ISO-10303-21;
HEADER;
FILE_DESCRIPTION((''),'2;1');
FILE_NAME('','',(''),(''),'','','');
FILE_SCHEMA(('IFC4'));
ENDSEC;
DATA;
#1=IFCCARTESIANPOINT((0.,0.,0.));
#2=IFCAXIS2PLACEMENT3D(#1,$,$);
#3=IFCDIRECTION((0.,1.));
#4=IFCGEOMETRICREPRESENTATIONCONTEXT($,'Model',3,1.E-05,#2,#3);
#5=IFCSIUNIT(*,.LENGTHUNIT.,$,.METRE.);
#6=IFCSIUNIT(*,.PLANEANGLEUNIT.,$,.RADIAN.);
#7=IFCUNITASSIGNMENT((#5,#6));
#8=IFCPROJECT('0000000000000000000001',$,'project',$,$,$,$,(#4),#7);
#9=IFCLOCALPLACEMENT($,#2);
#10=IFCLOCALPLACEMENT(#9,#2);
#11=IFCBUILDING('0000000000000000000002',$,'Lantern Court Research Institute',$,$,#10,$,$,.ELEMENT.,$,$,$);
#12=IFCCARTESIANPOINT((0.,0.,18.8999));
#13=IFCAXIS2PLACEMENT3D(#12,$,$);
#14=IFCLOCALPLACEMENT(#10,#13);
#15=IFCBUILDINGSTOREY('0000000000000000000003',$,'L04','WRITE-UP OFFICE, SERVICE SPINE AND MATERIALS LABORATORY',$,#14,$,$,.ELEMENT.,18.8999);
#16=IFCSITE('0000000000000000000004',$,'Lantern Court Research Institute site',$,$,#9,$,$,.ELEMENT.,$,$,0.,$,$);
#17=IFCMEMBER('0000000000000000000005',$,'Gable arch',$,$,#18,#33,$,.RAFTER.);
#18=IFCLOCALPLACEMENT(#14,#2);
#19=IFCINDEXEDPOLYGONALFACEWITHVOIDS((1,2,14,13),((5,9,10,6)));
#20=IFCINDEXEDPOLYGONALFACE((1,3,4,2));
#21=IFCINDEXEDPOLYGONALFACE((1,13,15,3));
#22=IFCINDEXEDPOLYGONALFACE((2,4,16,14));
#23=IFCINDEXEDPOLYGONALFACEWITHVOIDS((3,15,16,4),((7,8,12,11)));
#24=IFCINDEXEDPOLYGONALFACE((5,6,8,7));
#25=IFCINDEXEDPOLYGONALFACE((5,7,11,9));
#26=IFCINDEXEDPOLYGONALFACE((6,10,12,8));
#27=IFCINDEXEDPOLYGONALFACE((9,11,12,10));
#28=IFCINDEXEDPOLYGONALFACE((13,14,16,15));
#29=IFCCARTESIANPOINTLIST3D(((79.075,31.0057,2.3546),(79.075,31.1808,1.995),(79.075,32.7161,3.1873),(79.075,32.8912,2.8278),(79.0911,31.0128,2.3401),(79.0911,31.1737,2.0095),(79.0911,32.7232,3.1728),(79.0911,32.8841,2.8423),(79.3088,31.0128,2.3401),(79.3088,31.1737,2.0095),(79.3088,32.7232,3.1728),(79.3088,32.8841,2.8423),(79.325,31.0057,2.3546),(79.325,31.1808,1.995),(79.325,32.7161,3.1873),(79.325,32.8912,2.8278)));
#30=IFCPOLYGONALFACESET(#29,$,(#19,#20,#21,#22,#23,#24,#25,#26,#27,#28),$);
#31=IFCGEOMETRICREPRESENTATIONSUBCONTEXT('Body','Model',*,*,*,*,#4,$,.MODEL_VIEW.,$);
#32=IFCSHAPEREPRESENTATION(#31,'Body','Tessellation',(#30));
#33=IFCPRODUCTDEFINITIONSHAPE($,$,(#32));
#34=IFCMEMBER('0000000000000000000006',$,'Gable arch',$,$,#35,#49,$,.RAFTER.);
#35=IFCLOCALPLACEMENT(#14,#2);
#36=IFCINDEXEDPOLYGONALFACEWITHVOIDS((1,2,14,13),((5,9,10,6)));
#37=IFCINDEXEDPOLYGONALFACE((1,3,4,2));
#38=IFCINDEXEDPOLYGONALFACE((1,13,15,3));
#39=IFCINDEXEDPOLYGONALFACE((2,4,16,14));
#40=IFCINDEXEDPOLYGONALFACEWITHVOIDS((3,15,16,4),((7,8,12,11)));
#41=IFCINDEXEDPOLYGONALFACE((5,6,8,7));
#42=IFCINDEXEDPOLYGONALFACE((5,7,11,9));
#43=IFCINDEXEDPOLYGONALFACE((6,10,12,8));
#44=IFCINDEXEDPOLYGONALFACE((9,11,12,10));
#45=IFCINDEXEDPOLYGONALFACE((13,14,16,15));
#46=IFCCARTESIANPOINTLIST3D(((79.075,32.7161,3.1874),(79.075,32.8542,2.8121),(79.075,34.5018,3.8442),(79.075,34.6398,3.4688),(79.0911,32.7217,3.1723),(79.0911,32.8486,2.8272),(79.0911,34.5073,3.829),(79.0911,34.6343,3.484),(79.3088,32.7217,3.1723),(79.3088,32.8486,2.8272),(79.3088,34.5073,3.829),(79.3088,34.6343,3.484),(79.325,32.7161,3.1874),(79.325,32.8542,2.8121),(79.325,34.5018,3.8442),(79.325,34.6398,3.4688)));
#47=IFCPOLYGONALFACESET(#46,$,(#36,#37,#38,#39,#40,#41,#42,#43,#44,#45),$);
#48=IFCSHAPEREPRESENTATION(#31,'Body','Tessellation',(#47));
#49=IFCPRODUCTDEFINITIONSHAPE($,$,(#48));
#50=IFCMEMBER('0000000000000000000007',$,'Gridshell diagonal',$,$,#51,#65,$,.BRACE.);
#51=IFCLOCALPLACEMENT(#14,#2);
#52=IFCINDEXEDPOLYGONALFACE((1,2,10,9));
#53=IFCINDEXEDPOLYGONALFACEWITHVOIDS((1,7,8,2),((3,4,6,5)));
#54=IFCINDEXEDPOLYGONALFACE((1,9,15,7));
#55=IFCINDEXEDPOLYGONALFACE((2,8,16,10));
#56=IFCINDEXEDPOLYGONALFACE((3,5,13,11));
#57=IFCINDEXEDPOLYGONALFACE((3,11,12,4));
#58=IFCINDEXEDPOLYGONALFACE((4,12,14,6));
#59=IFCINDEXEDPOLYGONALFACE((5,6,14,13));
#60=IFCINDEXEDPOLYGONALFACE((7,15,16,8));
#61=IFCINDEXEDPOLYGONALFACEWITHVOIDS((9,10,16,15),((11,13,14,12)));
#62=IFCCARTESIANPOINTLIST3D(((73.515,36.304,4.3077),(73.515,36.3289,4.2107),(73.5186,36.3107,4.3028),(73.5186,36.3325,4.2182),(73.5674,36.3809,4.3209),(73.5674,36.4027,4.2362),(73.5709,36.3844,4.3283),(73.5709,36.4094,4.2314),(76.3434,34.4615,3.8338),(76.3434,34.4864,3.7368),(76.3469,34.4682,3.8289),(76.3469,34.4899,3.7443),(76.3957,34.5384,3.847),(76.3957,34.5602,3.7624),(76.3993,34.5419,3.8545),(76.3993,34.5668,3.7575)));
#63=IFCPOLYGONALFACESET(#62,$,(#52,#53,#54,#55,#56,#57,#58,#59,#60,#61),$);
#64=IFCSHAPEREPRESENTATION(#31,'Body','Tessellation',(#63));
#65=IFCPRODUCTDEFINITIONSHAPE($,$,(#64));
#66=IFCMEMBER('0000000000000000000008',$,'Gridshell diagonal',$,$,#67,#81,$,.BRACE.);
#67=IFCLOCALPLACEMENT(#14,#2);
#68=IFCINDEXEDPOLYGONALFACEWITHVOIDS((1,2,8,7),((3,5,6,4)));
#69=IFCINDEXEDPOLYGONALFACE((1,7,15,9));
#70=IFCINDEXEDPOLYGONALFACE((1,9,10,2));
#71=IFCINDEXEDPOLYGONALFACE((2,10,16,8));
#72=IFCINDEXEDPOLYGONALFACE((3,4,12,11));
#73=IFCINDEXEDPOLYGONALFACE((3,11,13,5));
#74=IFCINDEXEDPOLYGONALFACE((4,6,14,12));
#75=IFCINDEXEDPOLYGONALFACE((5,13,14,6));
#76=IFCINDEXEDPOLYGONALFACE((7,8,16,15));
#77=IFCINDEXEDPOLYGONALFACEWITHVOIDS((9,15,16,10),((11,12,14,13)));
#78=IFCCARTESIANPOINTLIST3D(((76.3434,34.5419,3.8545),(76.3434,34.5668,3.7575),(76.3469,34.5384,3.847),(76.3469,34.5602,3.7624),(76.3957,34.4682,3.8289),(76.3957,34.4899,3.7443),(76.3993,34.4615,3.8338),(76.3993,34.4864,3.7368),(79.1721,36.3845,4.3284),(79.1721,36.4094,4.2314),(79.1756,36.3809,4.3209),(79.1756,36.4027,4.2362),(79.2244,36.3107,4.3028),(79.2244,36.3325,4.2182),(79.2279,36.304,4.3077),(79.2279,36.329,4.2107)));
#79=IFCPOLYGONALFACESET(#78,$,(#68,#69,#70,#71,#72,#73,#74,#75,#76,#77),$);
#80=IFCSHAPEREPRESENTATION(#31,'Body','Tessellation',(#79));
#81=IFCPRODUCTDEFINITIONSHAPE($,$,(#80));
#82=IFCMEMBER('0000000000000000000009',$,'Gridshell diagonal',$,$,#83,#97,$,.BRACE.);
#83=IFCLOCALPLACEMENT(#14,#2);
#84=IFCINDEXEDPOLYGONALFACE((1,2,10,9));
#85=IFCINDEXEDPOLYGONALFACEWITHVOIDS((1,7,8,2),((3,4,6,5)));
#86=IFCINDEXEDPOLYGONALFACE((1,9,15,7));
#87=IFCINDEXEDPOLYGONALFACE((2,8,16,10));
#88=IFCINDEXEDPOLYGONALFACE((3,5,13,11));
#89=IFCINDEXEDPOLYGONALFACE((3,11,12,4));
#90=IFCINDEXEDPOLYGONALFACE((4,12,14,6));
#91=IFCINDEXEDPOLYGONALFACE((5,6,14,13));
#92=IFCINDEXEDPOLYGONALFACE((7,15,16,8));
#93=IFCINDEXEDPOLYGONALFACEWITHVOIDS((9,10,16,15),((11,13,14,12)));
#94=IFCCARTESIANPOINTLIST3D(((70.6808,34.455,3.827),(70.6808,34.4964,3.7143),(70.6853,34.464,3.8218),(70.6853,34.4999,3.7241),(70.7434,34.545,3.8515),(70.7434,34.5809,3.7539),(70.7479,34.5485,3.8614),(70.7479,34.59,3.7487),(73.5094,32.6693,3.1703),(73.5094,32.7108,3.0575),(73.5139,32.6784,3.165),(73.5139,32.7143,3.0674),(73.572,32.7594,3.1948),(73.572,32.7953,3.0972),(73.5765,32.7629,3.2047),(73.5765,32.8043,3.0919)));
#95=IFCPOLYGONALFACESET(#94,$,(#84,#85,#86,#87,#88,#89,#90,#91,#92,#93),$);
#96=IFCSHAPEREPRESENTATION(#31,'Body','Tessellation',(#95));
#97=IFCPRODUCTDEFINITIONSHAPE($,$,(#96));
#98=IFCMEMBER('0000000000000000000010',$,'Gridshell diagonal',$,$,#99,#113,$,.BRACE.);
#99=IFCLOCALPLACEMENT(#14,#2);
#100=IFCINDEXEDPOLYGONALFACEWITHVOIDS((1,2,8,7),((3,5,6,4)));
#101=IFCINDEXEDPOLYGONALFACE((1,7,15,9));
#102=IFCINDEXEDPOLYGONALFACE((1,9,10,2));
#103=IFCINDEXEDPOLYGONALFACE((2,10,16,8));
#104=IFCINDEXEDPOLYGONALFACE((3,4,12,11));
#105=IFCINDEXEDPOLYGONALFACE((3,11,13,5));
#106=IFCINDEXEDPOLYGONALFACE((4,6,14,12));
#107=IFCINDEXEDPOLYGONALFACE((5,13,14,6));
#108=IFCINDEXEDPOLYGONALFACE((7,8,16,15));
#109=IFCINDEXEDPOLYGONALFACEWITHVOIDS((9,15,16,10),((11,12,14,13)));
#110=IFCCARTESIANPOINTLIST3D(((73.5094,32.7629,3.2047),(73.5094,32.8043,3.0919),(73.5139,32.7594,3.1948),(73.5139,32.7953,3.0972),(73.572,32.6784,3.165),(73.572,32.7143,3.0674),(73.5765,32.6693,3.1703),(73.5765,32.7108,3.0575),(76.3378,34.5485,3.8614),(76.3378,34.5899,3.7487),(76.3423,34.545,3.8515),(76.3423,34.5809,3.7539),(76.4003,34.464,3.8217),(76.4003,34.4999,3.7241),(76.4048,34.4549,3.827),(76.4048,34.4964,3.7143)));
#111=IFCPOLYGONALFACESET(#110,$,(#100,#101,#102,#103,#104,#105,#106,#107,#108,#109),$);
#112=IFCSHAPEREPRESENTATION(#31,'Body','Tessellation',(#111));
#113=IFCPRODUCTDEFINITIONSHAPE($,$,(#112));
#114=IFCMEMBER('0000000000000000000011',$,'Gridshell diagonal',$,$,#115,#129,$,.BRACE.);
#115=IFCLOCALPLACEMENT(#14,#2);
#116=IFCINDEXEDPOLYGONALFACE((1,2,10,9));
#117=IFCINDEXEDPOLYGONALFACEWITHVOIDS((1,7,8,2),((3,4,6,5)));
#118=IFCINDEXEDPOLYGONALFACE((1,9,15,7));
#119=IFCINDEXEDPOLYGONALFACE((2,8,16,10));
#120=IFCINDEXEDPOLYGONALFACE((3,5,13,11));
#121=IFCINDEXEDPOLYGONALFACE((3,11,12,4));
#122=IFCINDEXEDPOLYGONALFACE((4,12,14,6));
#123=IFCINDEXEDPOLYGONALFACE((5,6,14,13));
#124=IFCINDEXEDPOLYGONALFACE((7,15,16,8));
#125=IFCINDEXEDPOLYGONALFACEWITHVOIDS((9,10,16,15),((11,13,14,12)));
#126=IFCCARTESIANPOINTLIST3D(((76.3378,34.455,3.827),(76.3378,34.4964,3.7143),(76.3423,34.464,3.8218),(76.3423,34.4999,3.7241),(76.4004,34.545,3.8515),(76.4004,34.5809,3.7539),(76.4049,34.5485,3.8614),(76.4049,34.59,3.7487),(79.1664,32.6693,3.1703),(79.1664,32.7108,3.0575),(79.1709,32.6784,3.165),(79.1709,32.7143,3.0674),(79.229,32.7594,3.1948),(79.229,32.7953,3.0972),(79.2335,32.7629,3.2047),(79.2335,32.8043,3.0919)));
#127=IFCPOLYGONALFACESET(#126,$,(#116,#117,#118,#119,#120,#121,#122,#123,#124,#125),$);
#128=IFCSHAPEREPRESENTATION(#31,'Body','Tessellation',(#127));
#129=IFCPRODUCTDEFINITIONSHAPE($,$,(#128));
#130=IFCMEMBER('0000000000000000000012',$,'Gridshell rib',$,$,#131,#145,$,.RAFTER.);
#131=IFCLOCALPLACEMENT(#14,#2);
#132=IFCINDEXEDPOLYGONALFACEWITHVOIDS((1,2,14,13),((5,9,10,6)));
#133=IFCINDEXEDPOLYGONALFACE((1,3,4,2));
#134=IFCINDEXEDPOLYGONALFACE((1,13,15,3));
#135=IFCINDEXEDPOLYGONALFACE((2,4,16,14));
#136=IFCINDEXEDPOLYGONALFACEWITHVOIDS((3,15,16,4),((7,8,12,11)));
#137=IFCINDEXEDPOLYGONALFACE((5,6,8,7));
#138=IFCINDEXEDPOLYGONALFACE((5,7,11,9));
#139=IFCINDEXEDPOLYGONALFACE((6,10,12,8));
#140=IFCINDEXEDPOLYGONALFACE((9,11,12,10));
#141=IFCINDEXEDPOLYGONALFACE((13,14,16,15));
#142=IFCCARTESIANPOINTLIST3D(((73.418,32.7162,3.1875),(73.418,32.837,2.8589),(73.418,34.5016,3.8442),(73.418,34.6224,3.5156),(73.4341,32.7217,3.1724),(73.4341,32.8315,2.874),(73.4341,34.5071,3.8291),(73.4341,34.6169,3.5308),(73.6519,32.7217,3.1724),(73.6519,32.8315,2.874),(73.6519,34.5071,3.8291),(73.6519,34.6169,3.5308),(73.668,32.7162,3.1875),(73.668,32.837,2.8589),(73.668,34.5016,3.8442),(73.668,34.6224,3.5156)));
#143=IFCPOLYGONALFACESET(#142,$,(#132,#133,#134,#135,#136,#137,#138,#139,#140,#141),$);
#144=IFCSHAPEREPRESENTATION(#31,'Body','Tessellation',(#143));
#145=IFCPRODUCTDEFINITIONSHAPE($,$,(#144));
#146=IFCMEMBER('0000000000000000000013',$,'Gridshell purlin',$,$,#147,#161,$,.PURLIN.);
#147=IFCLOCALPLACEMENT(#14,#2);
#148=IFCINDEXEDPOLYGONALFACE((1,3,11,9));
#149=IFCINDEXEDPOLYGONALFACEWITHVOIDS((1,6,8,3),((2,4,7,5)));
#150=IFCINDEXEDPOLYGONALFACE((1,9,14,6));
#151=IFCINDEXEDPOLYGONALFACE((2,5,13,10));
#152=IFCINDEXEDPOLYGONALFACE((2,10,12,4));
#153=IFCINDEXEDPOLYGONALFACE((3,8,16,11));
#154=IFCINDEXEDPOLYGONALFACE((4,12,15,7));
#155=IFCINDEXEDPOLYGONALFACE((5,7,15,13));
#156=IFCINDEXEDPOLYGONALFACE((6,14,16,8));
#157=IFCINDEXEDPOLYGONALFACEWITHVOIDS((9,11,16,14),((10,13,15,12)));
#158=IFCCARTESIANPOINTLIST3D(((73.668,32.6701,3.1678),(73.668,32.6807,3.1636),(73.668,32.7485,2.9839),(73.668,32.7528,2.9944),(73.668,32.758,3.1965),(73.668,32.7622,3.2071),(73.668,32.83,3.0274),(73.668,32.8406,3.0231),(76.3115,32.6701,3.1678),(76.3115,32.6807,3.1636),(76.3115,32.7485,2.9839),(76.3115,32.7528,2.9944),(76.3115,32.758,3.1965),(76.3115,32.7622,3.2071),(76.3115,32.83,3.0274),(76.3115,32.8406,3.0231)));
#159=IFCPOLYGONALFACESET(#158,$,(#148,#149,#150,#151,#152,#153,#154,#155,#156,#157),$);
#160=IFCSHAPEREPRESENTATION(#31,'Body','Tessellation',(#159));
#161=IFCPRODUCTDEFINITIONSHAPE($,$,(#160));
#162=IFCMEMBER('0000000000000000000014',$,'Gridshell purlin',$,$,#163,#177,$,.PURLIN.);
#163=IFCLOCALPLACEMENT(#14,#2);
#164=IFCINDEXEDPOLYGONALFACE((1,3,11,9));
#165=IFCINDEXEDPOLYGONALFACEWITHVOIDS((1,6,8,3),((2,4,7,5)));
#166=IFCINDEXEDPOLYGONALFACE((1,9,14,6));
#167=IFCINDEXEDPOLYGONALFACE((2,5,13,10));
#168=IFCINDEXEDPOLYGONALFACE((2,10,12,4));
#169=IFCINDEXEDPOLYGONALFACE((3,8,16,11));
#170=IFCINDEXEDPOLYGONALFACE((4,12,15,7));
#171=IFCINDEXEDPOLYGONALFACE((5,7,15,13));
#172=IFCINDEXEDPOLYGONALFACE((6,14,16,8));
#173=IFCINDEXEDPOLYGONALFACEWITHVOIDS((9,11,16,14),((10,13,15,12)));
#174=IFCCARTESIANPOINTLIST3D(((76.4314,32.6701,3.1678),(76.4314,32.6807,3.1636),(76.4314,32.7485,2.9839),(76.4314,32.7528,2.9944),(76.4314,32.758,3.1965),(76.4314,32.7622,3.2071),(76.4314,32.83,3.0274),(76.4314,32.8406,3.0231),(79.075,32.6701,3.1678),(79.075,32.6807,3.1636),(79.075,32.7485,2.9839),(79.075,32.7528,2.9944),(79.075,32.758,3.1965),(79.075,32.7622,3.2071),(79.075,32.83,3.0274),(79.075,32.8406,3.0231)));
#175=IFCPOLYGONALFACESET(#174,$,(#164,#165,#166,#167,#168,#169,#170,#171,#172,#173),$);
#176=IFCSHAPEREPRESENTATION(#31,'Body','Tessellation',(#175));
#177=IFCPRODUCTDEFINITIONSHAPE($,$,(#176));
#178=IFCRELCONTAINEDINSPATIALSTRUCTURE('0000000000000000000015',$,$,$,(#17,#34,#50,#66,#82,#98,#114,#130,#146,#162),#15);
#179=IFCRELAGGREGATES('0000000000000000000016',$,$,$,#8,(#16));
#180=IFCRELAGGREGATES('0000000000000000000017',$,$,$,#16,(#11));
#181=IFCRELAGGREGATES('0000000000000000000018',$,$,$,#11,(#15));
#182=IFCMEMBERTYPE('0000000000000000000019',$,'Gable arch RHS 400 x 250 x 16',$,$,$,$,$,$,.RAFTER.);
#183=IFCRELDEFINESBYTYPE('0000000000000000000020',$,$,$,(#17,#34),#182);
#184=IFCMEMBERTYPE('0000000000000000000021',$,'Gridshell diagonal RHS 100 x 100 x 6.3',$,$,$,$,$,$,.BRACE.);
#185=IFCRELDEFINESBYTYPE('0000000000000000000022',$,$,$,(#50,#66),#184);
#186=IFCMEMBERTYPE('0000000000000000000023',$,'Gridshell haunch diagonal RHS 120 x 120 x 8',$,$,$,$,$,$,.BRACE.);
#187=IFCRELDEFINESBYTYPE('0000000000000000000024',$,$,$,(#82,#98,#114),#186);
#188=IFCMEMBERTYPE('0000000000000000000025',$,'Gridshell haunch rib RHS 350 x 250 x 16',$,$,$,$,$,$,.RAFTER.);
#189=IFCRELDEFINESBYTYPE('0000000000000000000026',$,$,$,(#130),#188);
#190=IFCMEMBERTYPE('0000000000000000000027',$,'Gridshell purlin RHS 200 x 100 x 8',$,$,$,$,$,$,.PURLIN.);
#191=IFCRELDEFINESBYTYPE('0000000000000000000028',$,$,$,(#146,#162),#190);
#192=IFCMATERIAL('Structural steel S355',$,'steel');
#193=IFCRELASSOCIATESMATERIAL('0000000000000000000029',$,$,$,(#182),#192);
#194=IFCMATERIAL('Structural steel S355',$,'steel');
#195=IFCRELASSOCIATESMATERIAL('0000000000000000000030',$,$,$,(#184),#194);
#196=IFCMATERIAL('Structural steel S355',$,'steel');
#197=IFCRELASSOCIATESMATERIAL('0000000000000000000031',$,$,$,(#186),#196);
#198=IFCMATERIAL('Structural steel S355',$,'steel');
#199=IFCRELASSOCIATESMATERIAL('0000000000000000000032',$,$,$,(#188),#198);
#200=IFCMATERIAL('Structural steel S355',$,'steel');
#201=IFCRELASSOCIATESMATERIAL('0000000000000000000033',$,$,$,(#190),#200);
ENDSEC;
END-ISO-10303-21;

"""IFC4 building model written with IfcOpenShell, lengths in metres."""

from ifc_helpers import new_model, si_unit, direction, frame, origin, origin_2d, place, context, subcontext, project, spatial, hollow_rectangle, extrude, material, material_profile, profile_set, type_object, element, save


model = new_model("IFC4")

# Units and contexts
model_context = context("Model", 3, precision=1e-05, world=origin(), true_north=direction((0.0, 1.0)))
body_context = subcontext(model_context, "Body", "Model", "MODEL_VIEW")
ifc_project = project(units=[si_unit("LENGTHUNIT", "METRE"), si_unit("PLANEANGLEUNIT", "RADIAN")], contexts=[model_context])

# Site, building, storey
site_placement = place(None, origin())
site = spatial("IfcSite", under=ifc_project, at=site_placement, Name="Lantern Court Research Institute site", CompositionType="ELEMENT", RefElevation=0.0)
building_placement = place(site_placement, origin())
building = spatial("IfcBuilding", under=site, at=building_placement, Name="Lantern Court Research Institute", CompositionType="ELEMENT")
storey_placement = place(building_placement, frame((0.0, 0.0, 18.8999)))
storey = spatial("IfcBuildingStorey", under=building, at=storey_placement, Name="L04", Description="WRITE-UP OFFICE, SERVICE SPINE AND MATERIALS LABORATORY", CompositionType="ELEMENT", Elevation=18.8999)

# Members
ifc_material_1 = material(Name="Structural steel S355", Category="steel")
ifc_material_profile_1 = material_profile(ifc_material_1, hollow_rectangle(XDim=0.25, YDim=0.3999, WallThickness=0.0161, at=origin_2d()), Name="Gable arch RHS 400 x 250 x 16")
ifc_profile_set_1 = profile_set([ifc_material_profile_1], Name="Structural steel S355")
member_type_1 = type_object("IfcMemberType", Name="Gable arch RHS 400 x 250 x 16", PredefinedType="RAFTER", material=ifc_profile_set_1)
member_1_placement = place(storey_placement, frame((79.2, 31.0933, 2.1748), z_axis=(0.0, 0.8991, 0.437743), x_axis=(-1.0, 0.0, 0.0)))
element("IfcMember", 1, at=member_1_placement, inside=storey, type_object=member_type_1, Name="Gable arch", PredefinedType="RAFTER", context=body_context, shape_type="SweptSolid", body=[
    extrude(hollow_rectangle(XDim=0.25, YDim=0.3999, WallThickness=0.0161, at=origin_2d()), origin(), (0.0, 0.0, 1.0), 1.9023),
])
member_2_placement = place(storey_placement, frame((79.2, 32.7852, 2.9998), z_axis=(0.0, 0.938536, 0.345182), x_axis=(-1.0, 0.0, 0.0)))
element("IfcMember", 2, at=member_2_placement, inside=storey, type_object=member_type_1, Name="Gable arch", PredefinedType="RAFTER", context=body_context, shape_type="SweptSolid", body=[
    extrude(hollow_rectangle(XDim=0.25, YDim=0.3999, WallThickness=0.0161, at=origin_2d()), origin(), (0.0, 0.0, 1.0), 1.9026),
])
ifc_material_2 = material(Name="Structural steel S355", Category="steel")
ifc_material_profile_2 = material_profile(ifc_material_2, hollow_rectangle(XDim=0.1001, YDim=0.1001, WallThickness=0.0063, at=origin_2d()), Name="Gridshell diagonal RHS 100 x 100 x 6.3")
ifc_profile_set_2 = profile_set([ifc_material_profile_2], Name="Structural steel S355")
member_type_2 = type_object("IfcMemberType", Name="Gridshell diagonal RHS 100 x 100 x 6.3", PredefinedType="BRACE", material=ifc_profile_set_2)
member_3_placement = place(storey_placement, frame((76.3713, 34.5142, 3.7957), z_axis=(-0.829753, 0.540539, 0.13902), x_axis=(-0.55813, -0.803596, -0.206699)))
element("IfcMember", 3, at=member_3_placement, inside=storey, type_object=member_type_2, Name="Gridshell diagonal", PredefinedType="BRACE", context=body_context, shape_type="SweptSolid", body=[
    extrude(hollow_rectangle(XDim=0.1001, YDim=0.1001, WallThickness=0.0063, at=origin_2d()), origin(), (0.0, 0.0, 1.0), 3.4087),
])
member_4_placement = place(storey_placement, frame((76.3713, 34.5142, 3.7957), z_axis=(0.829776, 0.540507, 0.139012), x_axis=(-0.558097, 0.803619, 0.206699)))
element("IfcMember", 4, at=member_4_placement, inside=storey, type_object=member_type_2, Name="Gridshell diagonal", PredefinedType="BRACE", context=body_context, shape_type="SweptSolid", body=[
    extrude(hollow_rectangle(XDim=0.1001, YDim=0.1001, WallThickness=0.0063, at=origin_2d()), origin(), (0.0, 0.0, 1.0), 3.4089),
])
ifc_material_3 = material(Name="Structural steel S355", Category="steel")
ifc_material_profile_3 = material_profile(ifc_material_3, hollow_rectangle(XDim=0.1201, YDim=0.1201, WallThickness=0.0081, at=origin_2d()), Name="Gridshell haunch diagonal RHS 120 x 120 x 8")
ifc_profile_set_3 = profile_set([ifc_material_profile_3], Name="Structural steel S355")
member_type_3 = type_object("IfcMemberType", Name="Gridshell haunch diagonal RHS 120 x 120 x 8", PredefinedType="BRACE", material=ifc_profile_set_3)
member_5_placement = place(storey_placement, frame((73.543, 32.7368, 3.1311), z_axis=(-0.829763, 0.523812, 0.192652), x_axis=(-0.558116, -0.778754, -0.28644)))
element("IfcMember", 5, at=member_5_placement, inside=storey, type_object=member_type_3, Name="Gridshell diagonal", PredefinedType="BRACE", context=body_context, shape_type="SweptSolid", body=[
    extrude(hollow_rectangle(XDim=0.1201, YDim=0.1201, WallThickness=0.0081, at=origin_2d()), origin(), (0.0, 0.0, 1.0), 3.4089),
])
member_6_placement = place(storey_placement, frame((73.543, 32.7368, 3.1311), z_axis=(0.829741, 0.523843, 0.192663), x_axis=(-0.558149, 0.778731, 0.28644)))
element("IfcMember", 6, at=member_6_placement, inside=storey, type_object=member_type_3, Name="Gridshell diagonal", PredefinedType="BRACE", context=body_context, shape_type="SweptSolid", body=[
    extrude(hollow_rectangle(XDim=0.1201, YDim=0.1201, WallThickness=0.0081, at=origin_2d()), origin(), (0.0, 0.0, 1.0), 3.4087),
])
member_7_placement = place(storey_placement, frame((79.2, 32.7368, 3.1311), z_axis=(-0.829763, 0.523812, 0.192652), x_axis=(-0.558116, -0.778754, -0.28644)))
element("IfcMember", 7, at=member_7_placement, inside=storey, type_object=member_type_3, Name="Gridshell diagonal", PredefinedType="BRACE", context=body_context, shape_type="SweptSolid", body=[
    extrude(hollow_rectangle(XDim=0.1201, YDim=0.1201, WallThickness=0.0081, at=origin_2d()), origin(), (0.0, 0.0, 1.0), 3.4089),
])
ifc_material_4 = material(Name="Structural steel S355", Category="steel")
ifc_material_profile_4 = material_profile(ifc_material_4, hollow_rectangle(XDim=0.25, YDim=0.3501, WallThickness=0.0161, at=origin_2d()), Name="Gridshell haunch rib RHS 350 x 250 x 16")
ifc_profile_set_4 = profile_set([ifc_material_profile_4], Name="Structural steel S355")
member_type_4 = type_object("IfcMemberType", Name="Gridshell haunch rib RHS 350 x 250 x 16", PredefinedType="RAFTER", material=ifc_profile_set_4)
member_8_placement = place(storey_placement, frame((73.543, 32.7766, 3.0232), z_axis=(0.0, 0.93852, 0.345224), x_axis=(-1.0, 0.0, 0.0)))
element("IfcMember", 8, at=member_8_placement, inside=storey, type_object=member_type_4, Name="Gridshell rib", PredefinedType="RAFTER", context=body_context, shape_type="SweptSolid", body=[
    extrude(hollow_rectangle(XDim=0.25, YDim=0.3501, WallThickness=0.0161, at=origin_2d()), origin(), (0.0, 0.0, 1.0), 1.9023),
])
ifc_material_5 = material(Name="Structural steel S355", Category="steel")
ifc_material_profile_5 = material_profile(ifc_material_5, hollow_rectangle(XDim=0.1001, YDim=0.2, WallThickness=0.0081, at=origin_2d()), Name="Gridshell purlin RHS 200 x 100 x 8")
ifc_profile_set_5 = profile_set([ifc_material_profile_5], Name="Structural steel S355")
member_type_5 = type_object("IfcMemberType", Name="Gridshell purlin RHS 200 x 100 x 8", PredefinedType="PURLIN", material=ifc_profile_set_5)
for number, where, z_axis, x_axis, name in (
    (9, (73.668, 32.7554, 3.0955), (1.0, 0.0, 0.0), (0.0, 0.919966, 0.391999), "Gridshell purlin"),
    (10, (76.4314, 32.7554, 3.0955), (1.0, 0.0, 0.0), (0.0, 0.919966, 0.391999), "Gridshell purlin"),
):
    element("IfcMember", number, at=place(storey_placement, frame(where, z_axis=z_axis, x_axis=x_axis)), inside=storey, type_object=member_type_5, Name=name, PredefinedType="PURLIN", context=body_context, shape_type="SweptSolid", body=[
        extrude(hollow_rectangle(XDim=0.1001, YDim=0.2, WallThickness=0.0081, at=origin_2d()), origin(), (0.0, 0.0, 1.0), 2.6436),
    ])

save(model, "model.ifc")
